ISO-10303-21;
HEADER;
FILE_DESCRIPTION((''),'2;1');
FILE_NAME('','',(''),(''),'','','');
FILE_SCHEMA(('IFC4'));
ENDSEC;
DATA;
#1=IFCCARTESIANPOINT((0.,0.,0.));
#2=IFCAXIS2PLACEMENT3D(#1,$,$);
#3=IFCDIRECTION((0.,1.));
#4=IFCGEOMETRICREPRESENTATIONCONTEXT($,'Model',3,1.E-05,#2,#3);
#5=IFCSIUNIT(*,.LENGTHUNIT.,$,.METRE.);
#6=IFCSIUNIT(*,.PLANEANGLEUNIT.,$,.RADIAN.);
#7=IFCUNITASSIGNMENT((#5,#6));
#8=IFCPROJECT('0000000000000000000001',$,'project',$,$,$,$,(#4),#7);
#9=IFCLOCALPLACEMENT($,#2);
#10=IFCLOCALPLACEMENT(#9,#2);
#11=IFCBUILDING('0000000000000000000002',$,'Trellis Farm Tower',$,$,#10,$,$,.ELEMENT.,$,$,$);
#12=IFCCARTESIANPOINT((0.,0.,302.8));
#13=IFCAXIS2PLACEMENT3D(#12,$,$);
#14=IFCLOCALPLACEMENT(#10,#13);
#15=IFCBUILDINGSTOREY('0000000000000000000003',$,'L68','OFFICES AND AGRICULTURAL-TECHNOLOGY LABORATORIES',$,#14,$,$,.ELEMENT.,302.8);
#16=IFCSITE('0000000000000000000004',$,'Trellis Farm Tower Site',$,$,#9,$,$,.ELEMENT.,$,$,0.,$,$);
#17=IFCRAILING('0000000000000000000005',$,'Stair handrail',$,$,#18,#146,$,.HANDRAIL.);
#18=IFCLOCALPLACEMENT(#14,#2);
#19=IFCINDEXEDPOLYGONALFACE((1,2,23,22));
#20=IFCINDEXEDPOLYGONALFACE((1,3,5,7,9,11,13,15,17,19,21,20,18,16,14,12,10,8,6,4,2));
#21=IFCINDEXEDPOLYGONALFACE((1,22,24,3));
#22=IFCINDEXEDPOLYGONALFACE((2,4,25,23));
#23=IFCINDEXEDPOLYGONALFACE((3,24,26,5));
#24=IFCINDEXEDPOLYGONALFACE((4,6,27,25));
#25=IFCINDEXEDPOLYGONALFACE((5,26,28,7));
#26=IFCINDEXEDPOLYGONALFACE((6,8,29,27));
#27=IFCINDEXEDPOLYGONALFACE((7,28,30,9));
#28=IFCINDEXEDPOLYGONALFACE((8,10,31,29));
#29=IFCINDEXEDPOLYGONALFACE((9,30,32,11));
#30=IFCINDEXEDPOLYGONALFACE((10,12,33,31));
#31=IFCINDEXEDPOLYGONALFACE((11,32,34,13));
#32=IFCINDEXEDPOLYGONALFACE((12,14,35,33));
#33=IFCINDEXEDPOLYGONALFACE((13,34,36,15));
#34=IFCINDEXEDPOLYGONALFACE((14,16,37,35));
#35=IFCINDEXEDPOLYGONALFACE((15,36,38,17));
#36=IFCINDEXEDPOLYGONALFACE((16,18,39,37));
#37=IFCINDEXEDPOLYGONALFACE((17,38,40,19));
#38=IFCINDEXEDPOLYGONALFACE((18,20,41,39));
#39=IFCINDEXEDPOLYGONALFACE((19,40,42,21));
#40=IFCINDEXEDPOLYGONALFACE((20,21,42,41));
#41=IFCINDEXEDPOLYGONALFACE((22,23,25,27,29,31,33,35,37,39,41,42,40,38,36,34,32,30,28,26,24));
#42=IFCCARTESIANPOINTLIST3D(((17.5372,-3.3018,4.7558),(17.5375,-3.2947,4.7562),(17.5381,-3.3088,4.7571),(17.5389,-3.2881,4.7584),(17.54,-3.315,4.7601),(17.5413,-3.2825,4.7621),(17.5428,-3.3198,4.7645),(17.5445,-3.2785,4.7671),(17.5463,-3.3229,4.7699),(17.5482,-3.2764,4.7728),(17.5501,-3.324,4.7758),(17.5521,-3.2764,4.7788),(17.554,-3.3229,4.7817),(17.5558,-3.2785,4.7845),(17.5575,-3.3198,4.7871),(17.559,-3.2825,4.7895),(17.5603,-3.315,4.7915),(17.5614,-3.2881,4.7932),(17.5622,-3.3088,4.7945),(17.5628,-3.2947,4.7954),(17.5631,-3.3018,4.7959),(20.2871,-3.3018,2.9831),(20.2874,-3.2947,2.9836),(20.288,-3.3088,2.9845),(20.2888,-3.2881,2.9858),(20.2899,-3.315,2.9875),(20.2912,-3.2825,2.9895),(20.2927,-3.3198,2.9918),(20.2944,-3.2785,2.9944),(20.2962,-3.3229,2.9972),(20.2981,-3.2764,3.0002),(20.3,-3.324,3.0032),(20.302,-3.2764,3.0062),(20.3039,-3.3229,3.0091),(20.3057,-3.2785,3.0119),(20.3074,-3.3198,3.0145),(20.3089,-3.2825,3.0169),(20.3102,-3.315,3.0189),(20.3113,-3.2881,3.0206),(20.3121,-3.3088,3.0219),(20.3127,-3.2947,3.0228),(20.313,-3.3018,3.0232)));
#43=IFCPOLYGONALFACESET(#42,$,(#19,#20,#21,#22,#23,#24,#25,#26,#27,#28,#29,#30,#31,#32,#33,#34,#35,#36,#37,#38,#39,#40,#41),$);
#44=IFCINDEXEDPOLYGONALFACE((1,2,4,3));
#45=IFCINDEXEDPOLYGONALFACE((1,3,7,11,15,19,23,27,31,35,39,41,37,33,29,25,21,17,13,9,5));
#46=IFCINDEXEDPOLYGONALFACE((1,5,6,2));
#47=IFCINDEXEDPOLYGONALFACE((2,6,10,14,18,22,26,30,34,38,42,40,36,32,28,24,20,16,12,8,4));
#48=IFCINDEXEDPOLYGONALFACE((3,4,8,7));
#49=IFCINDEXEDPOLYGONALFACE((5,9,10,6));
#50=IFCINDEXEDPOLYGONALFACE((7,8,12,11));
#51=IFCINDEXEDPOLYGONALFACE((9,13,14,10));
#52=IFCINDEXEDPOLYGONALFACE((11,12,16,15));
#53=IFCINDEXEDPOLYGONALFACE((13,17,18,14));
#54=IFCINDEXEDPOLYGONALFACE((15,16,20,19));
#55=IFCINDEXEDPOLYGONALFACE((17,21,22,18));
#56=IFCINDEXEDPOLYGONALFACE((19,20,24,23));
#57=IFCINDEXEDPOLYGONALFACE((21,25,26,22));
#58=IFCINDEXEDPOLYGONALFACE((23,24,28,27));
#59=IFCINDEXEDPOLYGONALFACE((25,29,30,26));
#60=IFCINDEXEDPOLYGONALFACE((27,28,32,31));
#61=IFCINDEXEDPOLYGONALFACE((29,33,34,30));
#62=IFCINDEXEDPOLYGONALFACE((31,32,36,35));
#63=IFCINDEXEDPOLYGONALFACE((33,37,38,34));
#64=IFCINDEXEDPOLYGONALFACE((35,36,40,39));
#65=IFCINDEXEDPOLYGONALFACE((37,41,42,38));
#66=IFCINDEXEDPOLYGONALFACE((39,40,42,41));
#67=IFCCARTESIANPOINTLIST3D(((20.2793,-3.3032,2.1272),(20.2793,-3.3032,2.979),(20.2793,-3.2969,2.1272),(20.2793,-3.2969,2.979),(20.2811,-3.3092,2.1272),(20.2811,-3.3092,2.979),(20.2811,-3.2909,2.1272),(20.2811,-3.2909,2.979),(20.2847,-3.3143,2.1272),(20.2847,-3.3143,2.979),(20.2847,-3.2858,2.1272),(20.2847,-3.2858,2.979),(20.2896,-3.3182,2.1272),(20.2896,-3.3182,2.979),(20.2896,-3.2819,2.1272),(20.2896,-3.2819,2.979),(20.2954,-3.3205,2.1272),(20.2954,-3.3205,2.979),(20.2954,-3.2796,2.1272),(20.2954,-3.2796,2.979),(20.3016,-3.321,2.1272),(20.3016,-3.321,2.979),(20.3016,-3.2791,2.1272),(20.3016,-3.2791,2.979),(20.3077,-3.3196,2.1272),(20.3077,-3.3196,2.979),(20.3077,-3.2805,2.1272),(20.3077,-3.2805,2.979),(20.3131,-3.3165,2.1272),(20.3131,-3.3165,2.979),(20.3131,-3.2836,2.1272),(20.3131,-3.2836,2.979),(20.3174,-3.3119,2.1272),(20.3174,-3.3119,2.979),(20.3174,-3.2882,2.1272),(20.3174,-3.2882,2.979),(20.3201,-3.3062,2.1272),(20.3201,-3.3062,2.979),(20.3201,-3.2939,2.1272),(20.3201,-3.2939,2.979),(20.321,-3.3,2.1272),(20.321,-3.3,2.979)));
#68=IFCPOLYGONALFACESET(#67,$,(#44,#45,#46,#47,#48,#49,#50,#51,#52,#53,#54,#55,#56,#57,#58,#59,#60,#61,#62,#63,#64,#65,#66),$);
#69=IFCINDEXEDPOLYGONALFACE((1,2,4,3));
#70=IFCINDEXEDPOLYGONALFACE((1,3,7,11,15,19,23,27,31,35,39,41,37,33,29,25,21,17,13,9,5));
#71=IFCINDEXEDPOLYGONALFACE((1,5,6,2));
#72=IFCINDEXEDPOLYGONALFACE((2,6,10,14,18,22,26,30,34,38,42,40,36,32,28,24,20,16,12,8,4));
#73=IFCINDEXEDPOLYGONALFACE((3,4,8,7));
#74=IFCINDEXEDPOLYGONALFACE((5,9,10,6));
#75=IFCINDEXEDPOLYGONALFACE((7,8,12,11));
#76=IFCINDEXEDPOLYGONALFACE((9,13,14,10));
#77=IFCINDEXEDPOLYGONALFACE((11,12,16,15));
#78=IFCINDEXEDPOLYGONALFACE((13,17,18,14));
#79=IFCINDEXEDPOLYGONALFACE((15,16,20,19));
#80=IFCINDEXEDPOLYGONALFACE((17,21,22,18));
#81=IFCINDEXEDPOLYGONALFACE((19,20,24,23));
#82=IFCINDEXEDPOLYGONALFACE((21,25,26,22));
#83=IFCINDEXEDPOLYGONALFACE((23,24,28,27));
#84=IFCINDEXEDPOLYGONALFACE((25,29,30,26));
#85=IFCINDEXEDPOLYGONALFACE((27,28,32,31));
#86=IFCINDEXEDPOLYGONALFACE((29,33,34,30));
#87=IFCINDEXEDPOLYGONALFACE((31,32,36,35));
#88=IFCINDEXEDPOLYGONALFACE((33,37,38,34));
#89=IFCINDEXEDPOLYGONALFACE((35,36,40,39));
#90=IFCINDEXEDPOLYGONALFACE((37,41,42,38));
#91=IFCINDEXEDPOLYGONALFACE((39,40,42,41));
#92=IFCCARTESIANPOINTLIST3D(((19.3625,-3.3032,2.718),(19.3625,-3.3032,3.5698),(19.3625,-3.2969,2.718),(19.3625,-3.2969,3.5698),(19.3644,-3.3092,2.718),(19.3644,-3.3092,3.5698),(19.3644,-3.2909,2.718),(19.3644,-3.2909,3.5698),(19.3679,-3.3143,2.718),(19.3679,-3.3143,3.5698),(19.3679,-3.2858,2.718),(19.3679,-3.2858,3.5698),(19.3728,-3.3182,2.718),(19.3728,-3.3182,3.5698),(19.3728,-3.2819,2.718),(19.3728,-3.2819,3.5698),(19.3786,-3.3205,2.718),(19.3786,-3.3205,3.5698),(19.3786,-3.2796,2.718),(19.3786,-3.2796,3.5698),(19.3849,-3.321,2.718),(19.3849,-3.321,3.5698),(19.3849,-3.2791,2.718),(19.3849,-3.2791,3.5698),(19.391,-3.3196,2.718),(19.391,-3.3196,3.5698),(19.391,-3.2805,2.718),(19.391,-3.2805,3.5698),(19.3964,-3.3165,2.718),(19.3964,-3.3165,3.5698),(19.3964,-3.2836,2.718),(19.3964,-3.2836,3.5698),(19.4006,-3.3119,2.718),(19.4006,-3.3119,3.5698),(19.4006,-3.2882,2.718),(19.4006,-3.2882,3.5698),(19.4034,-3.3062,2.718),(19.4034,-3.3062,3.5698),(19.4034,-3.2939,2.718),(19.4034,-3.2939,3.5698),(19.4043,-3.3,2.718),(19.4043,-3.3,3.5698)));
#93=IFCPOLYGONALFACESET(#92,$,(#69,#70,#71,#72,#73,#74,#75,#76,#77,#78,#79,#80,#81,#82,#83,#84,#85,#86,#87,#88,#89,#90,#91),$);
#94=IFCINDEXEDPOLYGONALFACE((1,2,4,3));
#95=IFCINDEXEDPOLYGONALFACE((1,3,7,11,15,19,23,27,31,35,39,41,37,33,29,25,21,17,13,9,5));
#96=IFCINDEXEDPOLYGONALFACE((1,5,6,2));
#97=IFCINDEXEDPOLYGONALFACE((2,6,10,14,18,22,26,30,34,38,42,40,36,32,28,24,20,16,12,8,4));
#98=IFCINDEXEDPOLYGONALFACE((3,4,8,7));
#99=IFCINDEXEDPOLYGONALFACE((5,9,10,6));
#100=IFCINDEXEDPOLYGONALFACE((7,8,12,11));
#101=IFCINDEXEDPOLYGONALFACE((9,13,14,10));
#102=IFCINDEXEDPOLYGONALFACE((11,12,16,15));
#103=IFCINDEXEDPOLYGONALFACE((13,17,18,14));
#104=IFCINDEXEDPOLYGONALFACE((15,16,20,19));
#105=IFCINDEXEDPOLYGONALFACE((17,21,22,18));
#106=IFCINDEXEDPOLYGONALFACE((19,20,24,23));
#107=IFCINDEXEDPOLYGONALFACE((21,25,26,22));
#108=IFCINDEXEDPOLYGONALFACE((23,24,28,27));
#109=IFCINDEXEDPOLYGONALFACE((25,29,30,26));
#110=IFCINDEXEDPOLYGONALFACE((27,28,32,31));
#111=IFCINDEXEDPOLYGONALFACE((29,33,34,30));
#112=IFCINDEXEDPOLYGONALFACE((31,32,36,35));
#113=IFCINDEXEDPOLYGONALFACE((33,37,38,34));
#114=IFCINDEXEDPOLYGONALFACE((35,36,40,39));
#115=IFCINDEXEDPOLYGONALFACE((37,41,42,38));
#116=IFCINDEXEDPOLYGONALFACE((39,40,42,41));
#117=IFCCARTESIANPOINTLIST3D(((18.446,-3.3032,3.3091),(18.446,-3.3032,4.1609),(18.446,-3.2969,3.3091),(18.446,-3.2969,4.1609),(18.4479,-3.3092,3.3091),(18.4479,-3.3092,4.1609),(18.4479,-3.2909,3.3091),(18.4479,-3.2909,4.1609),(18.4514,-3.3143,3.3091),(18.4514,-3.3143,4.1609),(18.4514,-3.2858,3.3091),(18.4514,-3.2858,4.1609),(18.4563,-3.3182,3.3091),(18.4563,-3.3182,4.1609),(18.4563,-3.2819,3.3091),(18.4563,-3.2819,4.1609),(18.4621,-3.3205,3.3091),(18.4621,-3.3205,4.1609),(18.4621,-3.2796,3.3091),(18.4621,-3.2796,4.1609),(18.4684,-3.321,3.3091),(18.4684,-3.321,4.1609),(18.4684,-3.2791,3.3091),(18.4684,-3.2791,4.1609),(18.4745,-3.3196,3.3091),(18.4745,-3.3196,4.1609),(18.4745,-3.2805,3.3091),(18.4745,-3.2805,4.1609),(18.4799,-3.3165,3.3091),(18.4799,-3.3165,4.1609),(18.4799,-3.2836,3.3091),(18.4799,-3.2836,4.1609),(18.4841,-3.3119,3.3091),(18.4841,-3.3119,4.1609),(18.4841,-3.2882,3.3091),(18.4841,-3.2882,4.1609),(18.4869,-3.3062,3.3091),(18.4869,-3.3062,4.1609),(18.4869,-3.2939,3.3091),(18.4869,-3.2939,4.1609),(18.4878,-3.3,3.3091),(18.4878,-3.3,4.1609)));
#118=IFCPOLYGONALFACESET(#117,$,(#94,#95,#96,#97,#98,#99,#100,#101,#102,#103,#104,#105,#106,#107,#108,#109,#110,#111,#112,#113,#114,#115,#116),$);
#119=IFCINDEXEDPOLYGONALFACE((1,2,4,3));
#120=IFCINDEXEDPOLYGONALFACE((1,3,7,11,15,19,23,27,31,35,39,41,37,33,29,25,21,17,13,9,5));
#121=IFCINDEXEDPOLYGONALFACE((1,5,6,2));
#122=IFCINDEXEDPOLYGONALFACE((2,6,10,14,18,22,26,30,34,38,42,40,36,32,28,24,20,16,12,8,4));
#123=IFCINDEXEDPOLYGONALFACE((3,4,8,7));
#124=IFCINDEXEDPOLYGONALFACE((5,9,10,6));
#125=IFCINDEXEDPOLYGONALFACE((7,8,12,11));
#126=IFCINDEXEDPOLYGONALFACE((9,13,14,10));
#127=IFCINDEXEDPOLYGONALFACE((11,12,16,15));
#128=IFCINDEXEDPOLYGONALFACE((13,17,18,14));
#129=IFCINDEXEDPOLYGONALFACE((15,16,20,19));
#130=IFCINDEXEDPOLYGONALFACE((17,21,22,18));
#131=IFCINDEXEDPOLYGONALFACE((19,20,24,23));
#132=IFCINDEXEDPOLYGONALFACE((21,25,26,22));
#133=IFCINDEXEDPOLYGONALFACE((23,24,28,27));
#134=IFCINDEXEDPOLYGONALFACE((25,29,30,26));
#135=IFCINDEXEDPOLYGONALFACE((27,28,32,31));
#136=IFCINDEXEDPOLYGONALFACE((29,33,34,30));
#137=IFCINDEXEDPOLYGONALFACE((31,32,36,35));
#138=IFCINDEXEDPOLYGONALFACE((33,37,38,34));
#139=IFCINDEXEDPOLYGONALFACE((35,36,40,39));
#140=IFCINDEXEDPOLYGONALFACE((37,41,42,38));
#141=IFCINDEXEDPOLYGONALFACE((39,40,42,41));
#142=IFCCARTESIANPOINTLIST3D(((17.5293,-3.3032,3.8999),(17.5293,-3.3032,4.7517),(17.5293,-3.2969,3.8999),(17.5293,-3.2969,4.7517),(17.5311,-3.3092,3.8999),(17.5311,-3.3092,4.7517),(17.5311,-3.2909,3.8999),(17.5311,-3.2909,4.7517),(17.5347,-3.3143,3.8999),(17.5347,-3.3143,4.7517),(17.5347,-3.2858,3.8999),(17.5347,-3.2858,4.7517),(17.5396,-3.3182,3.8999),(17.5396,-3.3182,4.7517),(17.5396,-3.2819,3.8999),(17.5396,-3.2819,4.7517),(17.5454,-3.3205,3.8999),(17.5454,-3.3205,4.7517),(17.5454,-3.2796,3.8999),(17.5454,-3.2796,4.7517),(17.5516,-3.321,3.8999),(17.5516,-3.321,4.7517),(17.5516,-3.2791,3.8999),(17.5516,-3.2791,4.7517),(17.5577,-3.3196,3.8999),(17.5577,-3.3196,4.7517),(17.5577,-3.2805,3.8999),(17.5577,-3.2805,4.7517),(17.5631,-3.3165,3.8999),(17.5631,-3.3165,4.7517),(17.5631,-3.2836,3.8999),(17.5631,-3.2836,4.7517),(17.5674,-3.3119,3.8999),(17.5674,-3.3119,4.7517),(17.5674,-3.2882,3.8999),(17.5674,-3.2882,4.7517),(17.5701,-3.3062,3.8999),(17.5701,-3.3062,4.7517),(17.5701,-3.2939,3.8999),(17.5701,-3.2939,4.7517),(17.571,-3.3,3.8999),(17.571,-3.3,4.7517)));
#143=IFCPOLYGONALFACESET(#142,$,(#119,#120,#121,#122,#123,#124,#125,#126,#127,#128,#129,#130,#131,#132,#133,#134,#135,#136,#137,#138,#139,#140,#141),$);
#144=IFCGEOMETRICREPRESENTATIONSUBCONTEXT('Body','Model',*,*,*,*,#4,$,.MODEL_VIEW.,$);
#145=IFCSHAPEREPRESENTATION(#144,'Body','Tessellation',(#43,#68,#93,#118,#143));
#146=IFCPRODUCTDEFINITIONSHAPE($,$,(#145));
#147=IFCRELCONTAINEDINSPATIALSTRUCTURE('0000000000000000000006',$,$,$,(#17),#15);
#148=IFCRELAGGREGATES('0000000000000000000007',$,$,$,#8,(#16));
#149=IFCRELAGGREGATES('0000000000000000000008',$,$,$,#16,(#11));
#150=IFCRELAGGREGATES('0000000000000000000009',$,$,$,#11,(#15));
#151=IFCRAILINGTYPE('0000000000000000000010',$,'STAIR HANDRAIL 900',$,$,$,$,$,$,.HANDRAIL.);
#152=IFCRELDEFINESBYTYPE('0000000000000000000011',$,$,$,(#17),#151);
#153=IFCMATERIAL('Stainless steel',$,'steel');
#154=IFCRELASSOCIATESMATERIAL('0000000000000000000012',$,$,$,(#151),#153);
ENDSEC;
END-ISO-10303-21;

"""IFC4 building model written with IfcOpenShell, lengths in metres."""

from ifc_helpers import new_model, si_unit, direction, frame, origin, origin_2d, place, context, subcontext, project, spatial, circle, extrude, source, transform, mapped, material, type_object, element, save


model = new_model("IFC4")

# Units and contexts
model_context = context("Model", 3, precision=1e-05, world=origin(), true_north=direction((0.0, 1.0)))
body_context = subcontext(model_context, "Body", "Model", "MODEL_VIEW")
ifc_project = project(units=[si_unit("LENGTHUNIT", "METRE"), si_unit("PLANEANGLEUNIT", "RADIAN")], contexts=[model_context])

# Site, building, storey
site_placement = place(None, origin())
site = spatial("IfcSite", under=ifc_project, at=site_placement, Name="Trellis Farm Tower Site", CompositionType="ELEMENT", RefElevation=0.0)
building_placement = place(site_placement, origin())
building = spatial("IfcBuilding", under=site, at=building_placement, Name="Trellis Farm Tower", CompositionType="ELEMENT")
storey_placement = place(building_placement, frame((0.0, 0.0, 302.8)))
storey = spatial("IfcBuildingStorey", under=building, at=storey_placement, Name="L68", Description="OFFICES AND AGRICULTURAL-TECHNOLOGY LABORATORIES", CompositionType="ELEMENT", Elevation=302.8)

# Railing
ifc_material_1 = material(Name="Stainless steel", Category="steel")
railing_type = type_object("IfcRailingType", Name="STAIR HANDRAIL 900", PredefinedType="HANDRAIL", material=ifc_material_1)
shared_shape_1 = source(origin(), body_context, "Body", "SweptSolid", [
    extrude(circle(Radius=0.0239, at=origin_2d()), frame((0.0, 0.0, 0.876), z_axis=(-0.840504, 0.0, 0.541806), x_axis=(0.0, -1.0, 0.0)), (0.0, 0.0, 1.0), 3.2717),
    extrude(circle(Radius=0.021, at=origin_2d()), origin(), (0.0, 0.0, 1.0), 0.8518),
    extrude(circle(Radius=0.021, at=origin_2d()), frame((-0.9167, 0.0, 0.5908)), (0.0, 0.0, 1.0), 0.8518),
    extrude(circle(Radius=0.021, at=origin_2d()), frame((-1.8333, 0.0, 1.1819)), (0.0, 0.0, 1.0), 0.8518),
    extrude(circle(Radius=0.021, at=origin_2d()), frame((-2.75, 0.0, 1.7727)), (0.0, 0.0, 1.0), 0.8518),
])
for number, where, name in (
    (1, (20.3, -3.3, 2.1272), "Stair handrail"),
):
    element("IfcRailing", number, at=place(storey_placement, frame(where)), inside=storey, type_object=railing_type, Name=name, PredefinedType="HANDRAIL", context=body_context, shape_type="MappedRepresentation", body=[
        mapped(shared_shape_1, transform((0.0, 0.0, 0.0))),
    ])

save(model, "model.ifc")
